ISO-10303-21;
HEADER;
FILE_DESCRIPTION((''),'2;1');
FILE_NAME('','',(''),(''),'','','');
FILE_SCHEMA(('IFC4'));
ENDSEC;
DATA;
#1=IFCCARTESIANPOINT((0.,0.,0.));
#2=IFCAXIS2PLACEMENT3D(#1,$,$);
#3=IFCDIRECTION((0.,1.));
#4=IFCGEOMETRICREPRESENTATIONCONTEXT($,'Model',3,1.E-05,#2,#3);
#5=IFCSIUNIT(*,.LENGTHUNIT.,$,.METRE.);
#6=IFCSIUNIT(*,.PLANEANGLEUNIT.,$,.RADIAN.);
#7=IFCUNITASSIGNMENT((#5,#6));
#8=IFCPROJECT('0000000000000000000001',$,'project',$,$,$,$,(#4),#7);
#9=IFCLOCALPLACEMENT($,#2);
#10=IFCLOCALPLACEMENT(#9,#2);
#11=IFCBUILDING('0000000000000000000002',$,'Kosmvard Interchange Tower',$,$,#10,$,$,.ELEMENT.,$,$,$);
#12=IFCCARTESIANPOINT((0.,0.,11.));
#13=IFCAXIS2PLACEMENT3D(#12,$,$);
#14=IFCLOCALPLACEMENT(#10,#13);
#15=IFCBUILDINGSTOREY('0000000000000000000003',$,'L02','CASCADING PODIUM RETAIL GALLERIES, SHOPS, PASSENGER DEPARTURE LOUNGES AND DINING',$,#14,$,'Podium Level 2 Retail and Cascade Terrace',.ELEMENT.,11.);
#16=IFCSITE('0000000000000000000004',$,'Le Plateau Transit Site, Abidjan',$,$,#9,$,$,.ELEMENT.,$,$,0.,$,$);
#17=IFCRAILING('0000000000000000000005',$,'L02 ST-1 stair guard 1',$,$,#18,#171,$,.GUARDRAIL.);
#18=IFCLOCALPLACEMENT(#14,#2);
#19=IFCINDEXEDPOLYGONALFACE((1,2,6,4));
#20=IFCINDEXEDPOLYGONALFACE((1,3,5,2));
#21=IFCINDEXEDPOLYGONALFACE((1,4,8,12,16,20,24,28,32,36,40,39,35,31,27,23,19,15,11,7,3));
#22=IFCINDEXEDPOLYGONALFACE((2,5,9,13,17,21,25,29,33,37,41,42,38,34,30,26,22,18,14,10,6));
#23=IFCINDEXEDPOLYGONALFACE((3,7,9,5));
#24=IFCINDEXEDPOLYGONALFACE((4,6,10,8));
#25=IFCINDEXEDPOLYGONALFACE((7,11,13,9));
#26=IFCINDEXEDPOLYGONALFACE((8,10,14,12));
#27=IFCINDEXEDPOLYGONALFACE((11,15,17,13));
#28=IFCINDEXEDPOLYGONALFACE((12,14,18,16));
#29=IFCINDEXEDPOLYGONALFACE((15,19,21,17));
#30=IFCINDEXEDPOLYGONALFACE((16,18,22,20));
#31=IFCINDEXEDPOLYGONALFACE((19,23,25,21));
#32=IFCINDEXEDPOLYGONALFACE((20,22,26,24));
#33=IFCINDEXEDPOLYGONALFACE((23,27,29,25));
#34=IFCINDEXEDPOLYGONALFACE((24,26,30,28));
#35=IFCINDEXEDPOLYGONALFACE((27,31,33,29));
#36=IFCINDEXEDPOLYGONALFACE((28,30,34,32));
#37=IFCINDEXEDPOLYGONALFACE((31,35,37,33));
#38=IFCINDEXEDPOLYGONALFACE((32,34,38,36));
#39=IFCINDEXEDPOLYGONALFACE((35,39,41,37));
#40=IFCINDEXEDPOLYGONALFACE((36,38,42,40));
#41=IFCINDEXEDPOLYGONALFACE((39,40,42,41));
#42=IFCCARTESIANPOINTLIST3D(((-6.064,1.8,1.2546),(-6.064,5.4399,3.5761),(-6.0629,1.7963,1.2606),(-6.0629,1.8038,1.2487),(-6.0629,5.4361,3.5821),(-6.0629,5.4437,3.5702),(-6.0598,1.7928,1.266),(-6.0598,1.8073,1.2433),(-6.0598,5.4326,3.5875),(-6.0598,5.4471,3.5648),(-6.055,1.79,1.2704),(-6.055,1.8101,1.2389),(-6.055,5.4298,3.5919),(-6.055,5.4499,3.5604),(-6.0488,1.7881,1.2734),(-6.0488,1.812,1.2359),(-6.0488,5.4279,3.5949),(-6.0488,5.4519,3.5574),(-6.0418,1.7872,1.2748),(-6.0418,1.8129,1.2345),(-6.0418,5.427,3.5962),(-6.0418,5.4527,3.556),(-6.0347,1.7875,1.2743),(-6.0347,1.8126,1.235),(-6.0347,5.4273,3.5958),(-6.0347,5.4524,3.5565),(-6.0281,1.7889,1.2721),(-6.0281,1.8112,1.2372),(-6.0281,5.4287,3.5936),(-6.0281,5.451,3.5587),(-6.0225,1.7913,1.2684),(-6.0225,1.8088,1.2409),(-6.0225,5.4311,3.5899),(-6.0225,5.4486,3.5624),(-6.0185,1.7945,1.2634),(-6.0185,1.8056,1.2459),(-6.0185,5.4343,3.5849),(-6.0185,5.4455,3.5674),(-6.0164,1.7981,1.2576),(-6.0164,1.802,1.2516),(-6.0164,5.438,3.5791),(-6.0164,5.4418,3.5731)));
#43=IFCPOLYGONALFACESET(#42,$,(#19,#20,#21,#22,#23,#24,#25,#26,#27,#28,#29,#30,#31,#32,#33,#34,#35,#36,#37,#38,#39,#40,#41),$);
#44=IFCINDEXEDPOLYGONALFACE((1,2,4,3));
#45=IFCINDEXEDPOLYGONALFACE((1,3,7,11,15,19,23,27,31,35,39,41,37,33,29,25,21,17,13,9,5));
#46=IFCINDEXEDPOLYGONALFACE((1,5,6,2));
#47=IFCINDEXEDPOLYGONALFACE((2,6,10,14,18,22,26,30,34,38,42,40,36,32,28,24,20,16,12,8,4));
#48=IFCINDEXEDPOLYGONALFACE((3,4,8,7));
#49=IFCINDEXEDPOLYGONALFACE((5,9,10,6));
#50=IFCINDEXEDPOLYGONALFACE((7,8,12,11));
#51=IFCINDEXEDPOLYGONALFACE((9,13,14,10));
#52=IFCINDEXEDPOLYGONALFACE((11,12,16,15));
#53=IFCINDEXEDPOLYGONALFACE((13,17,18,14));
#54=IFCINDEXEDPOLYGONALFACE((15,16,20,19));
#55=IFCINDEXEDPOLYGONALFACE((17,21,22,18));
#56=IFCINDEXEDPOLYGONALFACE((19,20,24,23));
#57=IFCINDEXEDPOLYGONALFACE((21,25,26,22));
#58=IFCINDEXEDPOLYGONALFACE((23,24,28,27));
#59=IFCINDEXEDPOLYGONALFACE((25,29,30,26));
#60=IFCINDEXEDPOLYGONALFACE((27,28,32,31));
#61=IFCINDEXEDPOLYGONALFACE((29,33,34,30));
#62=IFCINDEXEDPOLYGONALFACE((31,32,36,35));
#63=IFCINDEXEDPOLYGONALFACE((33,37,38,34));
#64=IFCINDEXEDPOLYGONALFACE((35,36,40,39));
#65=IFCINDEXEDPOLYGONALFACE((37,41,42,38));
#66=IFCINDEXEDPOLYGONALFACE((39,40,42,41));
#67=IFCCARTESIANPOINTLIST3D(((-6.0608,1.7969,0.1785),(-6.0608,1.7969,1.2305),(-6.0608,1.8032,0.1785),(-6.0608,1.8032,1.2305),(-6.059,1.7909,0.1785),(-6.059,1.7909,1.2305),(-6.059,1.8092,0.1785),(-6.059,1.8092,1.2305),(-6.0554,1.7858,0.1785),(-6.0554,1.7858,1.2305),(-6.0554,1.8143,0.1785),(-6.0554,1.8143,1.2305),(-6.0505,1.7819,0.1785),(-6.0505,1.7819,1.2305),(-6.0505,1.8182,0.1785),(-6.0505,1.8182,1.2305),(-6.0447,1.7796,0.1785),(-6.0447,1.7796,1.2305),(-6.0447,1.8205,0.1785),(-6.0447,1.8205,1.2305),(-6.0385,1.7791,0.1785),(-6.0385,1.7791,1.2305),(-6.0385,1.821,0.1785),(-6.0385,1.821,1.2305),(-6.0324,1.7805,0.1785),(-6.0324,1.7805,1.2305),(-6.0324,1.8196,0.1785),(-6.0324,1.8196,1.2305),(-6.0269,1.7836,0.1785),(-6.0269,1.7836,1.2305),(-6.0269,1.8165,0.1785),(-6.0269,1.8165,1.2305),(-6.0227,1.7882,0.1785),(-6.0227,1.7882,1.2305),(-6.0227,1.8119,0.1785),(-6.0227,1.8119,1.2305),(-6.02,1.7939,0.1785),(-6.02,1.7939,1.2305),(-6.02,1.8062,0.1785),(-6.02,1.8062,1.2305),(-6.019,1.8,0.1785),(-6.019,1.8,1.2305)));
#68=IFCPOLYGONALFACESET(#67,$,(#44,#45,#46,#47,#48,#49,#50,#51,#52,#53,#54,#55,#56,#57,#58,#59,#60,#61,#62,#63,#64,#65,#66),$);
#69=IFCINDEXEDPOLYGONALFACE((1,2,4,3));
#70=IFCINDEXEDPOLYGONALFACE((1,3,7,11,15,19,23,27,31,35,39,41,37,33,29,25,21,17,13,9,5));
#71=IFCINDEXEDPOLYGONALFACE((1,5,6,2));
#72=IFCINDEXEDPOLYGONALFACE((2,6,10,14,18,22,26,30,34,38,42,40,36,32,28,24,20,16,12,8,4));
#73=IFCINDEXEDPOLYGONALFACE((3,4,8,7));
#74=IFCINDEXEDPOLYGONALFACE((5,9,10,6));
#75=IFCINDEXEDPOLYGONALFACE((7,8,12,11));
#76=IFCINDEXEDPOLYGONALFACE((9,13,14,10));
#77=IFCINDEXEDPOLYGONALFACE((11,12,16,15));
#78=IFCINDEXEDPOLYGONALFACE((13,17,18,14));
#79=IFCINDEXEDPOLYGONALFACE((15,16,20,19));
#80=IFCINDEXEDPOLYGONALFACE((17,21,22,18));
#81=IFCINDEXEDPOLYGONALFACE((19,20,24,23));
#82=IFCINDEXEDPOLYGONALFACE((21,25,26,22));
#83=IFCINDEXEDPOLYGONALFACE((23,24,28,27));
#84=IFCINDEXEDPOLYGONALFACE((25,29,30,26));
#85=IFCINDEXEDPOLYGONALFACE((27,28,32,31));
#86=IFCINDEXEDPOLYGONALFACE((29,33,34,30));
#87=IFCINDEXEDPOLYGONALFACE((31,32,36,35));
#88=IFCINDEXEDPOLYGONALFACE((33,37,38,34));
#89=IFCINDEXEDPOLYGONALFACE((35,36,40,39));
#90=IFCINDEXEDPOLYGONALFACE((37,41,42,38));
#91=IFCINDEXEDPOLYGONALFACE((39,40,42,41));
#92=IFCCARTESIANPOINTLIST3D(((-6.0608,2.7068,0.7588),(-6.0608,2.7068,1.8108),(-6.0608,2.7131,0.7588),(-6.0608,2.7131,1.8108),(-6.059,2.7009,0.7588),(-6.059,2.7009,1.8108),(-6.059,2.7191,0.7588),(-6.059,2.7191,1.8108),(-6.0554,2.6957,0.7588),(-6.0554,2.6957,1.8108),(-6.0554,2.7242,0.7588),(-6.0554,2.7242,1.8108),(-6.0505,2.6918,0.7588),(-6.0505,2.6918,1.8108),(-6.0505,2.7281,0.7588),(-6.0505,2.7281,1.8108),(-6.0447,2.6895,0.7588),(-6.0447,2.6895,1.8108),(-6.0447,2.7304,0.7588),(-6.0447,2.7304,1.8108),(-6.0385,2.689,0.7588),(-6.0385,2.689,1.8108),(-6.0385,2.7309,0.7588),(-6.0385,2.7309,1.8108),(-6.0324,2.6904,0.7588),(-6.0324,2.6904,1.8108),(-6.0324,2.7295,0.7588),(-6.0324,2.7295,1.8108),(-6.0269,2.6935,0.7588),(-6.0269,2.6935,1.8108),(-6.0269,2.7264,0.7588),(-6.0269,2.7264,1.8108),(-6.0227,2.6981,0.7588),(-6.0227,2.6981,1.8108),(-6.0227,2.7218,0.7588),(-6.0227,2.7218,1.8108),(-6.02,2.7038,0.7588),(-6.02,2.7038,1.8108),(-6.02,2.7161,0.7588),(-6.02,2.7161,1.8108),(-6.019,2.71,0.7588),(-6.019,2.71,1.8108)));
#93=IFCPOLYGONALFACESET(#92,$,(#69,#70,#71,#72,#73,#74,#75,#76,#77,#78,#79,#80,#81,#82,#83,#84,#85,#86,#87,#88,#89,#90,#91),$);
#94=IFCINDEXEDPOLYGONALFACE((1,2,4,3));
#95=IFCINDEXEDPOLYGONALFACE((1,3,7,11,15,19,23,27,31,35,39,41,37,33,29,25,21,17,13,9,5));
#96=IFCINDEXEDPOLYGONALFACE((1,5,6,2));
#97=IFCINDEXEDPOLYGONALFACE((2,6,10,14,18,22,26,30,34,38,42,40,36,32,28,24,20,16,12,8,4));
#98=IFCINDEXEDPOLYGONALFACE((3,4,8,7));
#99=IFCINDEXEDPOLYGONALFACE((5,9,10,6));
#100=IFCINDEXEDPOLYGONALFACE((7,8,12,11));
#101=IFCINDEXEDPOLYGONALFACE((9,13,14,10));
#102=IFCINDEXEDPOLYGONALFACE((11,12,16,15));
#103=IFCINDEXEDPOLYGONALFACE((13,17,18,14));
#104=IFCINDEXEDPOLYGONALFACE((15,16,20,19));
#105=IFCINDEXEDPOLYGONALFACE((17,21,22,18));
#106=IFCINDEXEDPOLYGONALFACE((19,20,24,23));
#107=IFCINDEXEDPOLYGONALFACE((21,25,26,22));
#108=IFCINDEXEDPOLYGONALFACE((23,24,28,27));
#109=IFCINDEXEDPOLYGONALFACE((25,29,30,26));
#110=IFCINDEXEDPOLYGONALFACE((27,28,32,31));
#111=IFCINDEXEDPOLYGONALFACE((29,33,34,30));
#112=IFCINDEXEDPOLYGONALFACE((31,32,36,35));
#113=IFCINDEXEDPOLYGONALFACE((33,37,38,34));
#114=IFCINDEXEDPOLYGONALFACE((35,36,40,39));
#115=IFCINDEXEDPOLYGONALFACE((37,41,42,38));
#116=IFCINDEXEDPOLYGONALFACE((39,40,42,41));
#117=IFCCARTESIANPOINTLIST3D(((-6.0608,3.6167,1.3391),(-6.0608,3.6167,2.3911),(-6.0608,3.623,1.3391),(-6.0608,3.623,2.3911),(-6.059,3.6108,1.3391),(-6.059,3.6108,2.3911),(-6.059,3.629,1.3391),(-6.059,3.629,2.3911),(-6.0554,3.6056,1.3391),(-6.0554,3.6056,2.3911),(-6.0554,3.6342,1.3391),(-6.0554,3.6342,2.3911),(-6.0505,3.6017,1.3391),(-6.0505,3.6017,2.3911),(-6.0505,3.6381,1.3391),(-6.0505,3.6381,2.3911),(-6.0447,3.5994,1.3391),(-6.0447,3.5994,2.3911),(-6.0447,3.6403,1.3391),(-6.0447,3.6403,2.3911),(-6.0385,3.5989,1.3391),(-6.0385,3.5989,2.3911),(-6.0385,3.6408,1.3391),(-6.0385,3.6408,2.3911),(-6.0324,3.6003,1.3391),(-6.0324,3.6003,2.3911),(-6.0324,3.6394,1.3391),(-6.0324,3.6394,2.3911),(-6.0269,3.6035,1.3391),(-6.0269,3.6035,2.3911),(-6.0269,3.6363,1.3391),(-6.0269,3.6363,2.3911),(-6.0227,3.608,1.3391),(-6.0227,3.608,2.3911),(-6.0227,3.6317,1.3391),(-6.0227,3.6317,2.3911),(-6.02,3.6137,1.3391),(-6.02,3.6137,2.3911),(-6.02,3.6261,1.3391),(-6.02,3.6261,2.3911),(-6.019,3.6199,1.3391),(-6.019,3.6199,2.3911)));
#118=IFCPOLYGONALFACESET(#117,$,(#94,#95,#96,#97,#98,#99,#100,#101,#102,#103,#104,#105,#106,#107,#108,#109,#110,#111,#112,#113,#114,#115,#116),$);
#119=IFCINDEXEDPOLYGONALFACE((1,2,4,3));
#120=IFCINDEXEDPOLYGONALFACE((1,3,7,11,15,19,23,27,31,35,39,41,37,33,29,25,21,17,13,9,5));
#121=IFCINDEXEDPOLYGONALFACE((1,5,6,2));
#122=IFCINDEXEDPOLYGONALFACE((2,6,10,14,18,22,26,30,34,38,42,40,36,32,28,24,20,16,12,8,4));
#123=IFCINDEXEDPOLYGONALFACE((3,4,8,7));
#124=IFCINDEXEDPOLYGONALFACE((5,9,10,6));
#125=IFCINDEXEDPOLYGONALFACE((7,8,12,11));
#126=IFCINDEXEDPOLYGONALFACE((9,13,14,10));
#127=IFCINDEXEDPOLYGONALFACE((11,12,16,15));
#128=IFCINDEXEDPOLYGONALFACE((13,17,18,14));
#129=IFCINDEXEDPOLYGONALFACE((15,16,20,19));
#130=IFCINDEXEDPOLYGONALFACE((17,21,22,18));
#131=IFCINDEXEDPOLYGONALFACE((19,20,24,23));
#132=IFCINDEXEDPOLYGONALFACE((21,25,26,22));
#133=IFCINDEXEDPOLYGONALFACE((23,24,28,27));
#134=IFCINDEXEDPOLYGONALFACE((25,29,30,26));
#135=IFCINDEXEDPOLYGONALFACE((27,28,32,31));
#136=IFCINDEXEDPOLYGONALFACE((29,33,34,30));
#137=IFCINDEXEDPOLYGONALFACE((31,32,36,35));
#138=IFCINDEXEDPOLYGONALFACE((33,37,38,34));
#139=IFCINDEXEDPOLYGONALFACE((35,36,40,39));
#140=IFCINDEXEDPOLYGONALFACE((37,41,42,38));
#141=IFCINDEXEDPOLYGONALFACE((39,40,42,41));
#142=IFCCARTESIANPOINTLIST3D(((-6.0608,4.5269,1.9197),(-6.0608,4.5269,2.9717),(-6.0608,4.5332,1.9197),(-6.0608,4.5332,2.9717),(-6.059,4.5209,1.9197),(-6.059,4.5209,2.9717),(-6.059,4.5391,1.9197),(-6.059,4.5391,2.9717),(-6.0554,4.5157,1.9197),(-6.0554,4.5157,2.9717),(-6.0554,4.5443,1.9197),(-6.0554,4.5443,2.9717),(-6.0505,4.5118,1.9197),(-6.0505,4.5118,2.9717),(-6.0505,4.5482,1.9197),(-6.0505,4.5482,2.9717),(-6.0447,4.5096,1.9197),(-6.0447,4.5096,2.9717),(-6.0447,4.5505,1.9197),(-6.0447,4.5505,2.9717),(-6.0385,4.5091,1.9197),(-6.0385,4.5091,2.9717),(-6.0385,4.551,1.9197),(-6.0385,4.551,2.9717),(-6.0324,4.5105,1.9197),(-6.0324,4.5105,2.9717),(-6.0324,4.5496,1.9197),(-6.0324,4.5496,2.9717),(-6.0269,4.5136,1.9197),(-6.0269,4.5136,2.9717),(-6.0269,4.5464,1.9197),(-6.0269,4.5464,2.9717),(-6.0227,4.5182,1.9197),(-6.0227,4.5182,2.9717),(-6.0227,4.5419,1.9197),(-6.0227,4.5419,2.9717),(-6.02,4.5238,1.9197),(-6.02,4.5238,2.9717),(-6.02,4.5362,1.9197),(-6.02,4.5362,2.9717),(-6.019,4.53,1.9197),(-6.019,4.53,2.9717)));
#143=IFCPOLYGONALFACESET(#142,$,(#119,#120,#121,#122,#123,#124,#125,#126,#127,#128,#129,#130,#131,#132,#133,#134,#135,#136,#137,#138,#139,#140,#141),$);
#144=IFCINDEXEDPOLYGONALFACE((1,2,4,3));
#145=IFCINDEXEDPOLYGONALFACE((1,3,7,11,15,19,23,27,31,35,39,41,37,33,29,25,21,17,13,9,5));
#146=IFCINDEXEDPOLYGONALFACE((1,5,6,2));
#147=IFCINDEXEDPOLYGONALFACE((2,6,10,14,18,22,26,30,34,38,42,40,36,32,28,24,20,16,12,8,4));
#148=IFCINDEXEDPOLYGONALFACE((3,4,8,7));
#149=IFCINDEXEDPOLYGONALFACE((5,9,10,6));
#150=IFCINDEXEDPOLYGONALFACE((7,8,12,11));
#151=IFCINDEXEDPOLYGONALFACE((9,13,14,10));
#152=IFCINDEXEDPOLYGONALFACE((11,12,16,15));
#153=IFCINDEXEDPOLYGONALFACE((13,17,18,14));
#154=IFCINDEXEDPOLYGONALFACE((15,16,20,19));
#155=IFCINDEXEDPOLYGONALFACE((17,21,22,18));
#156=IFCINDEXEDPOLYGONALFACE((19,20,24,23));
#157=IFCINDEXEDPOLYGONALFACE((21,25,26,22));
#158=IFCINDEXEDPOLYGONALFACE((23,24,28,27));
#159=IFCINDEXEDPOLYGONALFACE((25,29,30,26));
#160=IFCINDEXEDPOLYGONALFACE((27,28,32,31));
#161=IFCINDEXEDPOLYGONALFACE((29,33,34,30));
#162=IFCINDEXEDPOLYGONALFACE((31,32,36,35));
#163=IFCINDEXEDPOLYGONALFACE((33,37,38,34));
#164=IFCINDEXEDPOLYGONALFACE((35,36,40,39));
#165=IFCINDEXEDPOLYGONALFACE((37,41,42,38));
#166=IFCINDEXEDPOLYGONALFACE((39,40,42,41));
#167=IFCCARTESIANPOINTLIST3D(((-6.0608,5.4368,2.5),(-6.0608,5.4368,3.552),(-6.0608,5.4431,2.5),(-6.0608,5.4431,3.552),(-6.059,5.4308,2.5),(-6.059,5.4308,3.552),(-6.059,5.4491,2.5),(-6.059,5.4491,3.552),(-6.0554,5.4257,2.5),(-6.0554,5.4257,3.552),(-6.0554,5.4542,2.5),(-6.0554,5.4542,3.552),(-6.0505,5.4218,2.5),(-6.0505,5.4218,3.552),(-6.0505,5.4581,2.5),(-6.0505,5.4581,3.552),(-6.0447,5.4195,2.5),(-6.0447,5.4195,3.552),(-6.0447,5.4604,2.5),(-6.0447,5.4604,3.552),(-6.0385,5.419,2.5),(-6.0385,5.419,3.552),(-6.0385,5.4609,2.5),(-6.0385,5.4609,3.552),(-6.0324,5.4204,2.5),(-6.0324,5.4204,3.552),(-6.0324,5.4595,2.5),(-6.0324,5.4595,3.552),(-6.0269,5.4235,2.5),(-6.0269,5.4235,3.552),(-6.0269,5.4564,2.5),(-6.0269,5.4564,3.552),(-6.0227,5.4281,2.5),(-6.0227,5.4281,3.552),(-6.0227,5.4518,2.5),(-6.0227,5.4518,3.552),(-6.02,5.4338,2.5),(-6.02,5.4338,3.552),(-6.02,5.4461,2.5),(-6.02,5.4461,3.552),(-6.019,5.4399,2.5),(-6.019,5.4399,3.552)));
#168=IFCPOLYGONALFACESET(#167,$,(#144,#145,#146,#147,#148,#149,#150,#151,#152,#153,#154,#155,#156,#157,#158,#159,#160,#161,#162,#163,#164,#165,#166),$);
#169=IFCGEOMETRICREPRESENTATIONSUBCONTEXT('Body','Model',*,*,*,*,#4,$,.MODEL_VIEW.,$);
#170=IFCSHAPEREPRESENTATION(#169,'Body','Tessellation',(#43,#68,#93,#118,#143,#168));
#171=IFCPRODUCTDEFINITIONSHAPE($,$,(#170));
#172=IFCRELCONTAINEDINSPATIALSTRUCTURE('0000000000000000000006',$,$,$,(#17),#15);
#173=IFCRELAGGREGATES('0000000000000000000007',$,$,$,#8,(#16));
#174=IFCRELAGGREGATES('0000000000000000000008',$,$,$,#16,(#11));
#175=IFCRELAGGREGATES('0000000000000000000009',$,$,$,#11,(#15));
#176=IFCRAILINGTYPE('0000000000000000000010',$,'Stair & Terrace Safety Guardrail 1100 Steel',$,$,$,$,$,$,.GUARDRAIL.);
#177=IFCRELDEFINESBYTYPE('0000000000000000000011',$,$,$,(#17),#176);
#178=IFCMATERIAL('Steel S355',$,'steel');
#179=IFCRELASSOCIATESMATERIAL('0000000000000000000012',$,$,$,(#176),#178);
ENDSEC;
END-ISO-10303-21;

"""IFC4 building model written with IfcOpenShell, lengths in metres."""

from ifc_helpers import new_model, si_unit, direction, frame, origin, origin_2d, place, context, subcontext, project, spatial, circle, extrude, source, transform, mapped, material, type_object, element, save


model = new_model("IFC4")

# Units and contexts
model_context = context("Model", 3, precision=1e-05, world=origin(), true_north=direction((0.0, 1.0)))
body_context = subcontext(model_context, "Body", "Model", "MODEL_VIEW")
ifc_project = project(units=[si_unit("LENGTHUNIT", "METRE"), si_unit("PLANEANGLEUNIT", "RADIAN")], contexts=[model_context])

# Site, building, storey
site_placement = place(None, origin())
site = spatial("IfcSite", under=ifc_project, at=site_placement, Name="Le Plateau Transit Site, Abidjan", CompositionType="ELEMENT", RefElevation=0.0)
building_placement = place(site_placement, origin())
building = spatial("IfcBuilding", under=site, at=building_placement, Name="Kosmvard Interchange Tower", CompositionType="ELEMENT")
storey_placement = place(building_placement, frame((0.0, 0.0, 11.0)))
storey = spatial("IfcBuildingStorey", under=building, at=storey_placement, Name="L02", Description="CASCADING PODIUM RETAIL GALLERIES, SHOPS, PASSENGER DEPARTURE LOUNGES AND DINING", LongName="Podium Level 2 Retail and Cascade Terrace", CompositionType="ELEMENT", Elevation=11.0)

# Shared definitions
ifc_material_1 = material(Name="Steel S355", Category="steel")

# Railing
railing_type_1 = type_object("IfcRailingType", Name="Stair & Terrace Safety Guardrail 1100 Steel", PredefinedType="GUARDRAIL", material=ifc_material_1)
shared_shape_1 = source(origin(), body_context, "Body", "SweptSolid", [
    extrude(circle(Radius=0.0239, at=origin_2d()), frame((0.0, 0.0, 1.0762), z_axis=(0.0, 0.843112, 0.537739), x_axis=(-1.0, 0.0, 0.0)), (0.0, 0.0, 1.0), 4.3171),
    extrude(circle(Radius=0.021, at=origin_2d()), origin(), (0.0, 0.0, 1.0), 1.052),
    extrude(circle(Radius=0.021, at=origin_2d()), frame((0.0, 0.9099, 0.5803)), (0.0, 0.0, 1.0), 1.052),
    extrude(circle(Radius=0.021, at=origin_2d()), frame((0.0, 1.8198, 1.1606)), (0.0, 0.0, 1.0), 1.052),
    extrude(circle(Radius=0.021, at=origin_2d()), frame((0.0, 2.73, 1.7412)), (0.0, 0.0, 1.0), 1.052),
    extrude(circle(Radius=0.021, at=origin_2d()), frame((0.0, 3.6399, 2.3215)), (0.0, 0.0, 1.0), 1.052),
])
railing_1_placement = place(storey_placement, frame((-6.04, 1.8, 0.1785)))
element("IfcRailing", 1, at=railing_1_placement, inside=storey, type_object=railing_type_1, Name="L02 ST-1 stair guard 1", PredefinedType="GUARDRAIL", context=body_context, shape_type="MappedRepresentation", body=[
    mapped(shared_shape_1, transform((0.0, 0.0, 0.0), scale=1.0)),
])

save(model, "model.ifc")
